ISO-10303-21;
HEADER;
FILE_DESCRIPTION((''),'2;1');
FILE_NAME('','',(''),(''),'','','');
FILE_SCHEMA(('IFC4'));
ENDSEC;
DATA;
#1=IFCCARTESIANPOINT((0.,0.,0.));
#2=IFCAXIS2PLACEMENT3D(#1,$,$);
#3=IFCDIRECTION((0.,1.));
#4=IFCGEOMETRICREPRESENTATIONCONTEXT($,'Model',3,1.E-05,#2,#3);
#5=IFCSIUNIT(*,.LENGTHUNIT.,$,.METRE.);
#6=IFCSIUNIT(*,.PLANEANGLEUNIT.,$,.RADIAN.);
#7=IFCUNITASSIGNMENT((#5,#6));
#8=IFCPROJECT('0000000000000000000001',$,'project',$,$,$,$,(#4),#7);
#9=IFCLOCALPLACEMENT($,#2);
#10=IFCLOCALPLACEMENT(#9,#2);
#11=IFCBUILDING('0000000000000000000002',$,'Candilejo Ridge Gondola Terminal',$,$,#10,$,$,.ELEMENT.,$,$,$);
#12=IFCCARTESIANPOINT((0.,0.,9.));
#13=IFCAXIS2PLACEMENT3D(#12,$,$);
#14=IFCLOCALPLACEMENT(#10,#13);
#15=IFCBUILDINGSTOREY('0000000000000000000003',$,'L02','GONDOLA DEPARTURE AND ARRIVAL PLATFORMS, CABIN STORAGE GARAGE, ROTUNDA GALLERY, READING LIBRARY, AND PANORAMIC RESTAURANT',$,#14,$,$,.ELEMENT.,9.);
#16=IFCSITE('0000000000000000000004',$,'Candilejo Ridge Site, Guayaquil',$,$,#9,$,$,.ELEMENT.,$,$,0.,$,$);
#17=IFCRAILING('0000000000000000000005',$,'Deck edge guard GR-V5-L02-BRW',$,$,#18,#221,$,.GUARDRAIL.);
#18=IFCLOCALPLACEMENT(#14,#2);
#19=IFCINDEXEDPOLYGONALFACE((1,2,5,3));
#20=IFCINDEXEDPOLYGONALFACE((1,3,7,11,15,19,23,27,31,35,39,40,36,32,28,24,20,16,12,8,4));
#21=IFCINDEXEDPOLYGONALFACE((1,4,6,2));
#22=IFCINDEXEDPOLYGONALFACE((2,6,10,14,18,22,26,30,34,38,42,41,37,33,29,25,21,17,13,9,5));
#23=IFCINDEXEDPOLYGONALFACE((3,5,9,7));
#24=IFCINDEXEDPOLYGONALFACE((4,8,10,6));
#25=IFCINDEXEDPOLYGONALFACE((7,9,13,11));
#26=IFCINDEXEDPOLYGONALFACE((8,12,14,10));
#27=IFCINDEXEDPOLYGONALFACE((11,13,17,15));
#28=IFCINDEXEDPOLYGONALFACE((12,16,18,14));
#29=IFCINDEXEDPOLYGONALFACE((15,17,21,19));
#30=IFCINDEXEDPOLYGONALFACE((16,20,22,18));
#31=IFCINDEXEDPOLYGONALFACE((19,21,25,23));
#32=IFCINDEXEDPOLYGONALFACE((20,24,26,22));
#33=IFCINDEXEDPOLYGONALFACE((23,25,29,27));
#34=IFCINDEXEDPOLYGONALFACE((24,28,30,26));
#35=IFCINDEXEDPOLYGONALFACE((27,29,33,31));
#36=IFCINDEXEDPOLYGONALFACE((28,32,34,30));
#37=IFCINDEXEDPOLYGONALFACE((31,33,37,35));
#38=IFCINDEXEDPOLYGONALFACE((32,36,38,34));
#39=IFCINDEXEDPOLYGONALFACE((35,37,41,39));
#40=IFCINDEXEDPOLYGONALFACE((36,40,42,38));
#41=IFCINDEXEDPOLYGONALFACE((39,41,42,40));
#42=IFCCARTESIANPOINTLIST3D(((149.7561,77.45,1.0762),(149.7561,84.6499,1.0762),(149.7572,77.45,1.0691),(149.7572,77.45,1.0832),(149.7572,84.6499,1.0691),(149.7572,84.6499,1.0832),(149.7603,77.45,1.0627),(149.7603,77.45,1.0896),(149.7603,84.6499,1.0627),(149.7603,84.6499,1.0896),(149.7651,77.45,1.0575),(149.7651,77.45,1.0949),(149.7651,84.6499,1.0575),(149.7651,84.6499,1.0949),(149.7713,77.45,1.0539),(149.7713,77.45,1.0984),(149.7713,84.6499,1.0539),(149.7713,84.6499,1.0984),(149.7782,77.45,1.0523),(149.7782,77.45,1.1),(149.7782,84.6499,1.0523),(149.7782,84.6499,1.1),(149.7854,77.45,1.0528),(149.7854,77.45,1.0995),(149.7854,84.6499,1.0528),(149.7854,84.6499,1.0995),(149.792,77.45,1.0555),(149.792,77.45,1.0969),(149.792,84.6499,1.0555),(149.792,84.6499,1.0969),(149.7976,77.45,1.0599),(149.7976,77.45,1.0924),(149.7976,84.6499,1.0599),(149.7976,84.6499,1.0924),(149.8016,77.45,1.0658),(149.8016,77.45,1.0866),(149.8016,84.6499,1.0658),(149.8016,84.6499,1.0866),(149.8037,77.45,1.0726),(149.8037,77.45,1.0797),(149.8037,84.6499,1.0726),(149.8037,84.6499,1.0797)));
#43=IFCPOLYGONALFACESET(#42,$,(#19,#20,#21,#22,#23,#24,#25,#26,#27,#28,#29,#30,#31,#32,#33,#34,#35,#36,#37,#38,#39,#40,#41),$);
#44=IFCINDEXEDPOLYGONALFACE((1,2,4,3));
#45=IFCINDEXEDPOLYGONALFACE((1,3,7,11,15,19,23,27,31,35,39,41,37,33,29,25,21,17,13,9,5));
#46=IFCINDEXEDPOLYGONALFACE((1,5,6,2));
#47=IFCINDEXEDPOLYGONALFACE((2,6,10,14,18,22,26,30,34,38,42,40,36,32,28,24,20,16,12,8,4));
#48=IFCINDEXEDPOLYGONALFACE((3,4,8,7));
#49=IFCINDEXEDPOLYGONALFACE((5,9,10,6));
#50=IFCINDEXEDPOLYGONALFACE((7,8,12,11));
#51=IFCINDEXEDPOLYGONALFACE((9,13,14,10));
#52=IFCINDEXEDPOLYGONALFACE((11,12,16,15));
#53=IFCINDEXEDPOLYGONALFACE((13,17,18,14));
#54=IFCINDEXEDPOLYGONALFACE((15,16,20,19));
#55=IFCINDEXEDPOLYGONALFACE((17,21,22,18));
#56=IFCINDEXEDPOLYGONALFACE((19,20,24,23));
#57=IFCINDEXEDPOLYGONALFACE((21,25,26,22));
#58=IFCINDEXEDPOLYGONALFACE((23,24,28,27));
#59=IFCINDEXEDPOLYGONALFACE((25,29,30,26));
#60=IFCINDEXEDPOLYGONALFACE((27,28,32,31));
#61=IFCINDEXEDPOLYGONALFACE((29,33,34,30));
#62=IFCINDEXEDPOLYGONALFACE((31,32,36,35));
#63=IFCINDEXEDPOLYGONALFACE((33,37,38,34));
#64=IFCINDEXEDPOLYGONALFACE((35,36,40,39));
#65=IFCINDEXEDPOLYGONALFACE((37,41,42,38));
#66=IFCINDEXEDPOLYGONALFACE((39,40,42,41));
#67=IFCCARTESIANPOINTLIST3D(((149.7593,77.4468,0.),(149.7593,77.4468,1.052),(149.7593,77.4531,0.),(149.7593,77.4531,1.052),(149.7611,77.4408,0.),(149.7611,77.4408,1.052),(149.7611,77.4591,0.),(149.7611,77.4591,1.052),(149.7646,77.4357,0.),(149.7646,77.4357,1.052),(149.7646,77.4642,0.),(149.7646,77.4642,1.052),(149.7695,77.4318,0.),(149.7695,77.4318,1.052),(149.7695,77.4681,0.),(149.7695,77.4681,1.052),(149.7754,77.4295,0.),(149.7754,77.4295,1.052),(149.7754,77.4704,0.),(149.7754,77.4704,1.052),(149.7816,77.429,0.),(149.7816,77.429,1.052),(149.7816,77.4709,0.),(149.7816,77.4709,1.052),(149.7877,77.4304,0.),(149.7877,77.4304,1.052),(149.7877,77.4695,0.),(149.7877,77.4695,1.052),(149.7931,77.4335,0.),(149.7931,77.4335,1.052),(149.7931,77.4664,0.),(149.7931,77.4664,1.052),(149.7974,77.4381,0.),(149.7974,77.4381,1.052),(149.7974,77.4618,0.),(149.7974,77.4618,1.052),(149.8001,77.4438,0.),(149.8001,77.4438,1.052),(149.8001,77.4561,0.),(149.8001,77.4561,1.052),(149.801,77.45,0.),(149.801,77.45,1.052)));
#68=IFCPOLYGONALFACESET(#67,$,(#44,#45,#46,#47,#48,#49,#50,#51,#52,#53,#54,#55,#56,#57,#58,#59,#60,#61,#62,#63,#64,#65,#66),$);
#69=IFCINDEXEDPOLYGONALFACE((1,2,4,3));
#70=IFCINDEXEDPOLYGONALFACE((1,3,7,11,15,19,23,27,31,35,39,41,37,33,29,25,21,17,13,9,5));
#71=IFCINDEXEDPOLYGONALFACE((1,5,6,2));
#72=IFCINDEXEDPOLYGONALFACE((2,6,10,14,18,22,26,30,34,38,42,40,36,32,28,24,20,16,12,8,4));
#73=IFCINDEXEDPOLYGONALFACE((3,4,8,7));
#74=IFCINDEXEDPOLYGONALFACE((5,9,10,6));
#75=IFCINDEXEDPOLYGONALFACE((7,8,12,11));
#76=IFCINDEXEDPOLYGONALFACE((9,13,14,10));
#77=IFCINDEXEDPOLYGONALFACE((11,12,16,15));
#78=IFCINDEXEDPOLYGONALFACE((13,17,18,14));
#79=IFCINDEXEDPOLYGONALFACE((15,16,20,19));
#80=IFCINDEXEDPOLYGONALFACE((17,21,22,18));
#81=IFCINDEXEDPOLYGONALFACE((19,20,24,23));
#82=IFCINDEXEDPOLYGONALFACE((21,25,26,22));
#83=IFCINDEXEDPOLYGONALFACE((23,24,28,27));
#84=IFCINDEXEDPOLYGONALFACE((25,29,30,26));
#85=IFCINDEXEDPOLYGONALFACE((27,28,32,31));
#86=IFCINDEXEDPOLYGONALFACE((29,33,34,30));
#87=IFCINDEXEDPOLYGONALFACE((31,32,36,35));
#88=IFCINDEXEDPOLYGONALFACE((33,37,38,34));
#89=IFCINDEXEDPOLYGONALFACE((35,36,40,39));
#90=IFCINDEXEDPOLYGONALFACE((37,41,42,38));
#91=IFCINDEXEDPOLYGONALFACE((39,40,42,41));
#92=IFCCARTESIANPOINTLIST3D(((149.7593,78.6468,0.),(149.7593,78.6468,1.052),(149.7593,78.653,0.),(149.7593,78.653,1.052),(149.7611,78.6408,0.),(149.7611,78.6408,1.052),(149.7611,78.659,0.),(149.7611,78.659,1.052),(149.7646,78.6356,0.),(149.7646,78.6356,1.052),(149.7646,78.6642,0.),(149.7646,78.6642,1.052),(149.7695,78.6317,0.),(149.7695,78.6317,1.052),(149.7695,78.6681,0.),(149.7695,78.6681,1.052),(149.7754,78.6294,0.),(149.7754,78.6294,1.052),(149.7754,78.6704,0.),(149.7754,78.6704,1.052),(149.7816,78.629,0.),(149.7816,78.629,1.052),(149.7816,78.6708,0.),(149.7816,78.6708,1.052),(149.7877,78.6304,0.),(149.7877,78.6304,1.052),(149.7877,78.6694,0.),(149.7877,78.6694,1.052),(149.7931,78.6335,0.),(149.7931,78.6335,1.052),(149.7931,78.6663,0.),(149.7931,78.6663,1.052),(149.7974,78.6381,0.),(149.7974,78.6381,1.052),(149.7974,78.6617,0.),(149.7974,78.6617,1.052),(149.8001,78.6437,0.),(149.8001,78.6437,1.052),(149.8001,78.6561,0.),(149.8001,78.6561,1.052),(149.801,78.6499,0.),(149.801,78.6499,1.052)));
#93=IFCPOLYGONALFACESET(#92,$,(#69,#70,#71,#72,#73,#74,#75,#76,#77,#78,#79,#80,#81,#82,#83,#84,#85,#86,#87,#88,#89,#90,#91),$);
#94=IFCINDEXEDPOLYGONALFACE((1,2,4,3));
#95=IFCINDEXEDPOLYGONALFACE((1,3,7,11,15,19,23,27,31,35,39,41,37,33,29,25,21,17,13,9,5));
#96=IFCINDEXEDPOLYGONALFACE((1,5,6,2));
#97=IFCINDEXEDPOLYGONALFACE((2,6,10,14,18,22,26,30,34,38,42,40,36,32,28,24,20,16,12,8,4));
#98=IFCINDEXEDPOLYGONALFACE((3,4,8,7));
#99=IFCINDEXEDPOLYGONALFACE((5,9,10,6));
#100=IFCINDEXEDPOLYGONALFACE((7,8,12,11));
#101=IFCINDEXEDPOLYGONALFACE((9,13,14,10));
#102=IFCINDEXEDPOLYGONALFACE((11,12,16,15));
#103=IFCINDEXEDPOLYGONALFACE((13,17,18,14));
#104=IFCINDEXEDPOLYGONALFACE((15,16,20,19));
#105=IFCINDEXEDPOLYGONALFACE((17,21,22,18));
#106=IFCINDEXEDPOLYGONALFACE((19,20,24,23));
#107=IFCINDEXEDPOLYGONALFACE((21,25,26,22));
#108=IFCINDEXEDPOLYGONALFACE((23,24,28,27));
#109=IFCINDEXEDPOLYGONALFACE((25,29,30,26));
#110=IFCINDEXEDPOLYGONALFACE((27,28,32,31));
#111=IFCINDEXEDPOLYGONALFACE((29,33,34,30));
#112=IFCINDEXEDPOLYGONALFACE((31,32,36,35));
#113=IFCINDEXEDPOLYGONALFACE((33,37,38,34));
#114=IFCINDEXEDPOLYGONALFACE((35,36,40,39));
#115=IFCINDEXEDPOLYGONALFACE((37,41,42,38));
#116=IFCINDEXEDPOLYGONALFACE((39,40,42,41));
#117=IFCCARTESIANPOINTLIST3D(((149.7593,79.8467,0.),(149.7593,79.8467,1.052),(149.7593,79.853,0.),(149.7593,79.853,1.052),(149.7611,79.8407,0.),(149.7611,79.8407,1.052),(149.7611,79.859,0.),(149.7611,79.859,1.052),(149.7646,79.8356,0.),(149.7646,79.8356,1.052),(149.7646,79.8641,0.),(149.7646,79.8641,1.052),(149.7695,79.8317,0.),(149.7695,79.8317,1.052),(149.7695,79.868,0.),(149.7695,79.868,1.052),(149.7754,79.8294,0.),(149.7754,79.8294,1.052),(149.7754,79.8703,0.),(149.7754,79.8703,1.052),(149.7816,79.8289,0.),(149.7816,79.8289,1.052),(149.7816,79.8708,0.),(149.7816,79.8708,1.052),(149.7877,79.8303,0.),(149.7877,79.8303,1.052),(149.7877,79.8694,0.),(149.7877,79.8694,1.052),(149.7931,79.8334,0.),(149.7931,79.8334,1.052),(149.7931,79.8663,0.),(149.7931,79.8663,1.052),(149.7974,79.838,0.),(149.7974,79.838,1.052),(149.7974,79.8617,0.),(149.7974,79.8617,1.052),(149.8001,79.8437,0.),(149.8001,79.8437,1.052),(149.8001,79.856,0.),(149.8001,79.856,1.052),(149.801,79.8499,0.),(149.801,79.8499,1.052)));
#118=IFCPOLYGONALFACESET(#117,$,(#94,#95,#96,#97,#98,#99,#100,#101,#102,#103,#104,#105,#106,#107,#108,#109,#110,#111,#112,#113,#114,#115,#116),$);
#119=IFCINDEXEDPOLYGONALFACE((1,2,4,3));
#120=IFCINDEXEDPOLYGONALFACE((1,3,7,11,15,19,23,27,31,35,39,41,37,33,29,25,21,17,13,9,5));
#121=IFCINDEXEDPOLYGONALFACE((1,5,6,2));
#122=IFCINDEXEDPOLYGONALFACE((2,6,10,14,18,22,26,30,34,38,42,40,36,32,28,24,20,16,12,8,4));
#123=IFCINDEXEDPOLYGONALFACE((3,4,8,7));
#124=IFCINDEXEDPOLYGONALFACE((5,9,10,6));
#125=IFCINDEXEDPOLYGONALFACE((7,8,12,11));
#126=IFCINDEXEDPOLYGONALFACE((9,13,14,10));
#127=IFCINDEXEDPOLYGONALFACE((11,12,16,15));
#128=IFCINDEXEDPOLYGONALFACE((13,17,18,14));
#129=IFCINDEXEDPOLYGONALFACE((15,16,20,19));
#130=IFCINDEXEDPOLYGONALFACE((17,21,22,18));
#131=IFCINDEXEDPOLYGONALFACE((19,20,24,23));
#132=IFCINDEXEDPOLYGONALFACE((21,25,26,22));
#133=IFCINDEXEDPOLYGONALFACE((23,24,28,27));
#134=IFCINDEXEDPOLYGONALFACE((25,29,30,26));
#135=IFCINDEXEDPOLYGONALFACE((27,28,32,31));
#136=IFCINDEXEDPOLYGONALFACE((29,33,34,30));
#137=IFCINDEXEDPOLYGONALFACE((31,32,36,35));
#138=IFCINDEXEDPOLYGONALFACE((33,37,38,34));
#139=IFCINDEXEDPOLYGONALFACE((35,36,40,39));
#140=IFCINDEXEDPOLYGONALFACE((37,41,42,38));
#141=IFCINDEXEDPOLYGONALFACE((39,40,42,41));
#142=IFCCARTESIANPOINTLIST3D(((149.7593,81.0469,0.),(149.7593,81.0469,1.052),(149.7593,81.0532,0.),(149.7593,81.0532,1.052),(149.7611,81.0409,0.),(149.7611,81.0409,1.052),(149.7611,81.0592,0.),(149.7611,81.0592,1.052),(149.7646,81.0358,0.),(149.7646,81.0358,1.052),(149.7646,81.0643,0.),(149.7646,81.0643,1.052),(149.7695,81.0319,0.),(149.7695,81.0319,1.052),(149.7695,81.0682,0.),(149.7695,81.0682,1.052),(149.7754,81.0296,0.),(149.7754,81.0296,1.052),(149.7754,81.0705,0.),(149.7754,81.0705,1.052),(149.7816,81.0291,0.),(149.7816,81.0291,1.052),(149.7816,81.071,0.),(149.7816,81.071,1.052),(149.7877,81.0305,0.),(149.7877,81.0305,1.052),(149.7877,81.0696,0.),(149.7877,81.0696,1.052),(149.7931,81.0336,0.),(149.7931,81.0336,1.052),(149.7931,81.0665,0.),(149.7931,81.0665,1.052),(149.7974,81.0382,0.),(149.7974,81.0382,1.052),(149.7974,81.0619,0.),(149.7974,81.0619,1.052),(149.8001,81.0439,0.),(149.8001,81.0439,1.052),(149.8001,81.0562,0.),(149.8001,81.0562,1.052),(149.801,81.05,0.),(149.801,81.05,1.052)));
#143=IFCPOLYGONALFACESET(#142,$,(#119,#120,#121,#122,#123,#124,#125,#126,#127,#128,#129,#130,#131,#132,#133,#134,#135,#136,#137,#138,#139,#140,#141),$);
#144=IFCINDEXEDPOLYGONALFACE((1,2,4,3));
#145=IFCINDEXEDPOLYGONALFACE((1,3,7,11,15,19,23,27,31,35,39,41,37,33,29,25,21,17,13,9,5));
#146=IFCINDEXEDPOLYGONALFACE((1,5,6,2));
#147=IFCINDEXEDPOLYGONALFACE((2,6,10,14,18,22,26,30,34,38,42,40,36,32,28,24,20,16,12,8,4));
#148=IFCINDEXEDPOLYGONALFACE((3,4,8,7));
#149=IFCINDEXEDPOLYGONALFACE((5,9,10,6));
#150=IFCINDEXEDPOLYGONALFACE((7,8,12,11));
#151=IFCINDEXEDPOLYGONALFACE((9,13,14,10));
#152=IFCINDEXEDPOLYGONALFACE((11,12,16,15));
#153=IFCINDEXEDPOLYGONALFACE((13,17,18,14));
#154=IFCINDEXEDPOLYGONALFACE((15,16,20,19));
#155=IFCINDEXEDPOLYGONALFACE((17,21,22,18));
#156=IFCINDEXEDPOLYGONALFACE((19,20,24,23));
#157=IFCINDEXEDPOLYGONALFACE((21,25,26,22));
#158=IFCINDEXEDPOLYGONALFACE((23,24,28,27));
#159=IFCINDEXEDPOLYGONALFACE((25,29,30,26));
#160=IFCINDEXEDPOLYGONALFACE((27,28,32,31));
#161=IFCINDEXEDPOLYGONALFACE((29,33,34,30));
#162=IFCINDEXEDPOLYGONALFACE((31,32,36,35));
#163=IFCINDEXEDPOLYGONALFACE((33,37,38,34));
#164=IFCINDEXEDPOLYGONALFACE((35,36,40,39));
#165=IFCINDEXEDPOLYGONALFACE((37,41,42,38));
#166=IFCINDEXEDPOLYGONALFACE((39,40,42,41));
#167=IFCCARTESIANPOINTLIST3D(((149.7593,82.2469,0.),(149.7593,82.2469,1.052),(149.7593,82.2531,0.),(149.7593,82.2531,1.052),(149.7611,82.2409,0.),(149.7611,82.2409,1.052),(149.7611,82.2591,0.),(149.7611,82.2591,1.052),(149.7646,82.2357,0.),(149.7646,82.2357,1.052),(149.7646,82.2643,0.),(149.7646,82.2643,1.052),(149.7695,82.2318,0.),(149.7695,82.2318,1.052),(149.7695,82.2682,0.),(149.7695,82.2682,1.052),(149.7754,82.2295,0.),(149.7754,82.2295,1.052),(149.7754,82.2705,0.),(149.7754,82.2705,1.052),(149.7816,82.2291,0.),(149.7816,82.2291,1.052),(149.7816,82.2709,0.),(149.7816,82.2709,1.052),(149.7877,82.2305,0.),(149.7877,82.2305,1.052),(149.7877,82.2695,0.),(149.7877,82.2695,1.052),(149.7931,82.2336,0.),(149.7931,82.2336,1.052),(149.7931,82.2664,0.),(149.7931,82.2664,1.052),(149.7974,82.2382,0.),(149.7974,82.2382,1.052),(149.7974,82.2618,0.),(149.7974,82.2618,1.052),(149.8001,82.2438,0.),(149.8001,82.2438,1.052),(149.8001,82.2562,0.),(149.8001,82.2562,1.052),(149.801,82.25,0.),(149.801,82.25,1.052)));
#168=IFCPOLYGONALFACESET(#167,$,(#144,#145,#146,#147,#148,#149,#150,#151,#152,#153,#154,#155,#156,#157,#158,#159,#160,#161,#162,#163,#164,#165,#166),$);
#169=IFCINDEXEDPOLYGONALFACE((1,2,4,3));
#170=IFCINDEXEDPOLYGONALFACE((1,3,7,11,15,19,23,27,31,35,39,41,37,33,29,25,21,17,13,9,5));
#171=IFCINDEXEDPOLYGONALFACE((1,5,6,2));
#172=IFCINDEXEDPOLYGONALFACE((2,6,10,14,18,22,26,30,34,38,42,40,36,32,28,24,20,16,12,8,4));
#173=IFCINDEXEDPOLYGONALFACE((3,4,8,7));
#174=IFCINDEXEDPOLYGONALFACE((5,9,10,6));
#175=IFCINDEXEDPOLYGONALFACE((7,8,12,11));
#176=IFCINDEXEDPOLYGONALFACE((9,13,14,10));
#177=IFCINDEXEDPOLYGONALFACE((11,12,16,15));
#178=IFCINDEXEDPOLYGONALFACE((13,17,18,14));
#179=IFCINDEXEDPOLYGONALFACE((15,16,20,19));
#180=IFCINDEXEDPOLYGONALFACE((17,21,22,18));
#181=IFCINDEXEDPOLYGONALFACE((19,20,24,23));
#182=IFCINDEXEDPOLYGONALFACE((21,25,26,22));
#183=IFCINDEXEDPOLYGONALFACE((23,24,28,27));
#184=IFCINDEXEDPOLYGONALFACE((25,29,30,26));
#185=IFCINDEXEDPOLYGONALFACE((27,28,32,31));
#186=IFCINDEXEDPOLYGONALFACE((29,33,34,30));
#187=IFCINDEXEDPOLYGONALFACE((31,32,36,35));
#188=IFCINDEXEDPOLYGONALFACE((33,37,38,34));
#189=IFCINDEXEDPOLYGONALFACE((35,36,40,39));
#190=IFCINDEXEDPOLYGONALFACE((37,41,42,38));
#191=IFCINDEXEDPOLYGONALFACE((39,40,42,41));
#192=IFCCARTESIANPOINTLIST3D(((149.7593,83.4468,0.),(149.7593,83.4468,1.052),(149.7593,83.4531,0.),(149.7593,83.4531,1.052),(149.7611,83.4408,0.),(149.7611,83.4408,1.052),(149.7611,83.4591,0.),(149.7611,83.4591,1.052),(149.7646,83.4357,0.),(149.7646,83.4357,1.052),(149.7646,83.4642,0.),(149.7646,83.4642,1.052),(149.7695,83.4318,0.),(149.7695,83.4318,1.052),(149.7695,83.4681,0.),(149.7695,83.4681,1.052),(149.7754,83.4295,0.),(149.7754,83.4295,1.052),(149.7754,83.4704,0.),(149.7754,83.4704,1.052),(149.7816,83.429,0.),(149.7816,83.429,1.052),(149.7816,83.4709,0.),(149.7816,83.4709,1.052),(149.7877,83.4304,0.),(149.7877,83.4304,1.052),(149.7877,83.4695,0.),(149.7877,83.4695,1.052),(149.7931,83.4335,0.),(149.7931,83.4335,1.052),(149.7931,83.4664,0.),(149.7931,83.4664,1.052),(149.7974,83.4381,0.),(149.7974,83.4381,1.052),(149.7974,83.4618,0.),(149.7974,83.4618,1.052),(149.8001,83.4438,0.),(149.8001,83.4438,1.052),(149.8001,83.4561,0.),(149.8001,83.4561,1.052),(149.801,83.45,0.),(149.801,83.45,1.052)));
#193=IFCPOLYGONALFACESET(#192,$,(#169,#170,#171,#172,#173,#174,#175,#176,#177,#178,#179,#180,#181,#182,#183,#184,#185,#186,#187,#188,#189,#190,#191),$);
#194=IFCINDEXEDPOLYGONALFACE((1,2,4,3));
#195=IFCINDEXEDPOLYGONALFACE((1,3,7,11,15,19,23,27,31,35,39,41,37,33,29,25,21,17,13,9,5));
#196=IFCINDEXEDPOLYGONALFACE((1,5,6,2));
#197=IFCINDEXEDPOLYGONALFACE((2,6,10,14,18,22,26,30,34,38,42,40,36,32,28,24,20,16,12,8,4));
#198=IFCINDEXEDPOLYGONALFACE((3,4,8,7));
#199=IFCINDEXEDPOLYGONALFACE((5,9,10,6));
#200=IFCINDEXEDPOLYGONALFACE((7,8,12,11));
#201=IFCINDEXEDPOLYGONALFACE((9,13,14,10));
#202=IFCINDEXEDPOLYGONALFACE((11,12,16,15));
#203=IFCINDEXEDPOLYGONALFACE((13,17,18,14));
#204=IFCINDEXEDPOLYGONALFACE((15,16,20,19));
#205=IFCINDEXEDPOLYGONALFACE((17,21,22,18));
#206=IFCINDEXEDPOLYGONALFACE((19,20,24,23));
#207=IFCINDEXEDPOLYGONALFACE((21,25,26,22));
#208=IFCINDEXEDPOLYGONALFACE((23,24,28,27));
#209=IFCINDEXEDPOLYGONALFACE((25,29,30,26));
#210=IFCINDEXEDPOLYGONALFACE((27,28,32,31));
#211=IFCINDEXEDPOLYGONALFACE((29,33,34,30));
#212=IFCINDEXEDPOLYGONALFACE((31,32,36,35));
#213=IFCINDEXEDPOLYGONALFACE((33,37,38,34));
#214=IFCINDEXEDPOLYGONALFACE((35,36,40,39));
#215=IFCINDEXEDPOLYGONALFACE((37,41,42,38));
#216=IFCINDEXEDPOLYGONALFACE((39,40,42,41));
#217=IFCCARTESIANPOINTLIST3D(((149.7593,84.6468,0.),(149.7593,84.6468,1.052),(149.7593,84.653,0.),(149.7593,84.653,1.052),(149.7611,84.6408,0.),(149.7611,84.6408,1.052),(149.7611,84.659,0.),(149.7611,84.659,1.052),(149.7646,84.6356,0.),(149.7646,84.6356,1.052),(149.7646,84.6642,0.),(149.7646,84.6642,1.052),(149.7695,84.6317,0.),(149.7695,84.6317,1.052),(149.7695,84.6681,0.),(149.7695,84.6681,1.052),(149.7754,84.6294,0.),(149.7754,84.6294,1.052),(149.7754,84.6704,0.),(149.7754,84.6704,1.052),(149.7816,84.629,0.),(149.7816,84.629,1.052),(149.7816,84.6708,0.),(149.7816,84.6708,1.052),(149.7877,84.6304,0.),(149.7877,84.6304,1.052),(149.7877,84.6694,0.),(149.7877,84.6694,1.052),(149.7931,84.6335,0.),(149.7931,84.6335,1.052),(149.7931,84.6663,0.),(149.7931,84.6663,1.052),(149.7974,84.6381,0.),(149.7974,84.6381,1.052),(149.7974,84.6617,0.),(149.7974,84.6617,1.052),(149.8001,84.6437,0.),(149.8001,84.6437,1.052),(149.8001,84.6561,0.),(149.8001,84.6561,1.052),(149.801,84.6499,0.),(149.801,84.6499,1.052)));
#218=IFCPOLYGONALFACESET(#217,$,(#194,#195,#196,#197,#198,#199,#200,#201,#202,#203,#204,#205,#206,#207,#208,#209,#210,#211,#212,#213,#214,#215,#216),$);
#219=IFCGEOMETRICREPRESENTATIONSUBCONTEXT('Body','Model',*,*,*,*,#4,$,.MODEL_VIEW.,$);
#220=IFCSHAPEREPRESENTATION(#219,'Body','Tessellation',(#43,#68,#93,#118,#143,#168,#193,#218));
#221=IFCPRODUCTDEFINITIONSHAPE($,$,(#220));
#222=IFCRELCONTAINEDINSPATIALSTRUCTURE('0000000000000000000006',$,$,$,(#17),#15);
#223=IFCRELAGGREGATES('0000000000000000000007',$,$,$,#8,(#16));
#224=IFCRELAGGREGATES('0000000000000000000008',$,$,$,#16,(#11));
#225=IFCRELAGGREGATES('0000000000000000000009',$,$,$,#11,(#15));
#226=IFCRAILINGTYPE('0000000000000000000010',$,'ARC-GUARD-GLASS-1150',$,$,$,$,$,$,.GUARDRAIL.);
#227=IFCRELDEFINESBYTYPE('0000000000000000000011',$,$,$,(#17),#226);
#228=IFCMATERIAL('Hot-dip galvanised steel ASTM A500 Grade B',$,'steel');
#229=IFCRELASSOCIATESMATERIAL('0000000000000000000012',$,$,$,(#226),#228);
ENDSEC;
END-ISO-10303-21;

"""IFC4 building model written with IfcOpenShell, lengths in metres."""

from ifc_helpers import new_model, si_unit, direction, frame, origin, origin_2d, place, context, subcontext, project, spatial, circle, extrude, material, type_object, element, save


model = new_model("IFC4")

# Units and contexts
model_context = context("Model", 3, precision=1e-05, world=origin(), true_north=direction((0.0, 1.0)))
body_context = subcontext(model_context, "Body", "Model", "MODEL_VIEW")
ifc_project = project(units=[si_unit("LENGTHUNIT", "METRE"), si_unit("PLANEANGLEUNIT", "RADIAN")], contexts=[model_context])

# Site, building, storey
site_placement = place(None, origin())
site = spatial("IfcSite", under=ifc_project, at=site_placement, Name="Candilejo Ridge Site, Guayaquil", CompositionType="ELEMENT", RefElevation=0.0)
building_placement = place(site_placement, origin())
building = spatial("IfcBuilding", under=site, at=building_placement, Name="Candilejo Ridge Gondola Terminal", CompositionType="ELEMENT")
storey_placement = place(building_placement, frame((0.0, 0.0, 9.0)))
storey = spatial("IfcBuildingStorey", under=building, at=storey_placement, Name="L02", Description="GONDOLA DEPARTURE AND ARRIVAL PLATFORMS, CABIN STORAGE GARAGE, ROTUNDA GALLERY, READING LIBRARY, AND PANORAMIC RESTAURANT", CompositionType="ELEMENT", Elevation=9.0)

# Railing
ifc_material_1 = material(Name="Hot-dip galvanised steel ASTM A500 Grade B", Category="steel")
railing_type = type_object("IfcRailingType", Name="ARC-GUARD-GLASS-1150", PredefinedType="GUARDRAIL", material=ifc_material_1)
railing_placement = place(storey_placement, frame((149.78, 77.45, 0.0)))
element("IfcRailing", 1, at=railing_placement, inside=storey, type_object=railing_type, Name="Deck edge guard GR-V5-L02-BRW", PredefinedType="GUARDRAIL", context=body_context, shape_type="SweptSolid", body=[
    extrude(circle(Radius=0.0239, at=origin_2d()), frame((0.0, 0.0, 1.0762), z_axis=(0.0, 1.0, 0.0), x_axis=(-1.0, 0.0, 0.0)), (0.0, 0.0, 1.0), 7.2),
    extrude(circle(Radius=0.021, at=origin_2d()), origin(), (0.0, 0.0, 1.0), 1.052),
    extrude(circle(Radius=0.021, at=origin_2d()), frame((0.0, 1.2, 0.0)), (0.0, 0.0, 1.0), 1.052),
    extrude(circle(Radius=0.021, at=origin_2d()), frame((0.0, 2.3999, 0.0)), (0.0, 0.0, 1.0), 1.052),
    extrude(circle(Radius=0.021, at=origin_2d()), frame((0.0, 3.6001, 0.0)), (0.0, 0.0, 1.0), 1.052),
    extrude(circle(Radius=0.021, at=origin_2d()), frame((0.0, 4.8, 0.0)), (0.0, 0.0, 1.0), 1.052),
    extrude(circle(Radius=0.021, at=origin_2d()), frame((0.0, 6.0, 0.0)), (0.0, 0.0, 1.0), 1.052),
    extrude(circle(Radius=0.021, at=origin_2d()), frame((0.0, 7.2, 0.0)), (0.0, 0.0, 1.0), 1.052),
])

save(model, "model.ifc")
